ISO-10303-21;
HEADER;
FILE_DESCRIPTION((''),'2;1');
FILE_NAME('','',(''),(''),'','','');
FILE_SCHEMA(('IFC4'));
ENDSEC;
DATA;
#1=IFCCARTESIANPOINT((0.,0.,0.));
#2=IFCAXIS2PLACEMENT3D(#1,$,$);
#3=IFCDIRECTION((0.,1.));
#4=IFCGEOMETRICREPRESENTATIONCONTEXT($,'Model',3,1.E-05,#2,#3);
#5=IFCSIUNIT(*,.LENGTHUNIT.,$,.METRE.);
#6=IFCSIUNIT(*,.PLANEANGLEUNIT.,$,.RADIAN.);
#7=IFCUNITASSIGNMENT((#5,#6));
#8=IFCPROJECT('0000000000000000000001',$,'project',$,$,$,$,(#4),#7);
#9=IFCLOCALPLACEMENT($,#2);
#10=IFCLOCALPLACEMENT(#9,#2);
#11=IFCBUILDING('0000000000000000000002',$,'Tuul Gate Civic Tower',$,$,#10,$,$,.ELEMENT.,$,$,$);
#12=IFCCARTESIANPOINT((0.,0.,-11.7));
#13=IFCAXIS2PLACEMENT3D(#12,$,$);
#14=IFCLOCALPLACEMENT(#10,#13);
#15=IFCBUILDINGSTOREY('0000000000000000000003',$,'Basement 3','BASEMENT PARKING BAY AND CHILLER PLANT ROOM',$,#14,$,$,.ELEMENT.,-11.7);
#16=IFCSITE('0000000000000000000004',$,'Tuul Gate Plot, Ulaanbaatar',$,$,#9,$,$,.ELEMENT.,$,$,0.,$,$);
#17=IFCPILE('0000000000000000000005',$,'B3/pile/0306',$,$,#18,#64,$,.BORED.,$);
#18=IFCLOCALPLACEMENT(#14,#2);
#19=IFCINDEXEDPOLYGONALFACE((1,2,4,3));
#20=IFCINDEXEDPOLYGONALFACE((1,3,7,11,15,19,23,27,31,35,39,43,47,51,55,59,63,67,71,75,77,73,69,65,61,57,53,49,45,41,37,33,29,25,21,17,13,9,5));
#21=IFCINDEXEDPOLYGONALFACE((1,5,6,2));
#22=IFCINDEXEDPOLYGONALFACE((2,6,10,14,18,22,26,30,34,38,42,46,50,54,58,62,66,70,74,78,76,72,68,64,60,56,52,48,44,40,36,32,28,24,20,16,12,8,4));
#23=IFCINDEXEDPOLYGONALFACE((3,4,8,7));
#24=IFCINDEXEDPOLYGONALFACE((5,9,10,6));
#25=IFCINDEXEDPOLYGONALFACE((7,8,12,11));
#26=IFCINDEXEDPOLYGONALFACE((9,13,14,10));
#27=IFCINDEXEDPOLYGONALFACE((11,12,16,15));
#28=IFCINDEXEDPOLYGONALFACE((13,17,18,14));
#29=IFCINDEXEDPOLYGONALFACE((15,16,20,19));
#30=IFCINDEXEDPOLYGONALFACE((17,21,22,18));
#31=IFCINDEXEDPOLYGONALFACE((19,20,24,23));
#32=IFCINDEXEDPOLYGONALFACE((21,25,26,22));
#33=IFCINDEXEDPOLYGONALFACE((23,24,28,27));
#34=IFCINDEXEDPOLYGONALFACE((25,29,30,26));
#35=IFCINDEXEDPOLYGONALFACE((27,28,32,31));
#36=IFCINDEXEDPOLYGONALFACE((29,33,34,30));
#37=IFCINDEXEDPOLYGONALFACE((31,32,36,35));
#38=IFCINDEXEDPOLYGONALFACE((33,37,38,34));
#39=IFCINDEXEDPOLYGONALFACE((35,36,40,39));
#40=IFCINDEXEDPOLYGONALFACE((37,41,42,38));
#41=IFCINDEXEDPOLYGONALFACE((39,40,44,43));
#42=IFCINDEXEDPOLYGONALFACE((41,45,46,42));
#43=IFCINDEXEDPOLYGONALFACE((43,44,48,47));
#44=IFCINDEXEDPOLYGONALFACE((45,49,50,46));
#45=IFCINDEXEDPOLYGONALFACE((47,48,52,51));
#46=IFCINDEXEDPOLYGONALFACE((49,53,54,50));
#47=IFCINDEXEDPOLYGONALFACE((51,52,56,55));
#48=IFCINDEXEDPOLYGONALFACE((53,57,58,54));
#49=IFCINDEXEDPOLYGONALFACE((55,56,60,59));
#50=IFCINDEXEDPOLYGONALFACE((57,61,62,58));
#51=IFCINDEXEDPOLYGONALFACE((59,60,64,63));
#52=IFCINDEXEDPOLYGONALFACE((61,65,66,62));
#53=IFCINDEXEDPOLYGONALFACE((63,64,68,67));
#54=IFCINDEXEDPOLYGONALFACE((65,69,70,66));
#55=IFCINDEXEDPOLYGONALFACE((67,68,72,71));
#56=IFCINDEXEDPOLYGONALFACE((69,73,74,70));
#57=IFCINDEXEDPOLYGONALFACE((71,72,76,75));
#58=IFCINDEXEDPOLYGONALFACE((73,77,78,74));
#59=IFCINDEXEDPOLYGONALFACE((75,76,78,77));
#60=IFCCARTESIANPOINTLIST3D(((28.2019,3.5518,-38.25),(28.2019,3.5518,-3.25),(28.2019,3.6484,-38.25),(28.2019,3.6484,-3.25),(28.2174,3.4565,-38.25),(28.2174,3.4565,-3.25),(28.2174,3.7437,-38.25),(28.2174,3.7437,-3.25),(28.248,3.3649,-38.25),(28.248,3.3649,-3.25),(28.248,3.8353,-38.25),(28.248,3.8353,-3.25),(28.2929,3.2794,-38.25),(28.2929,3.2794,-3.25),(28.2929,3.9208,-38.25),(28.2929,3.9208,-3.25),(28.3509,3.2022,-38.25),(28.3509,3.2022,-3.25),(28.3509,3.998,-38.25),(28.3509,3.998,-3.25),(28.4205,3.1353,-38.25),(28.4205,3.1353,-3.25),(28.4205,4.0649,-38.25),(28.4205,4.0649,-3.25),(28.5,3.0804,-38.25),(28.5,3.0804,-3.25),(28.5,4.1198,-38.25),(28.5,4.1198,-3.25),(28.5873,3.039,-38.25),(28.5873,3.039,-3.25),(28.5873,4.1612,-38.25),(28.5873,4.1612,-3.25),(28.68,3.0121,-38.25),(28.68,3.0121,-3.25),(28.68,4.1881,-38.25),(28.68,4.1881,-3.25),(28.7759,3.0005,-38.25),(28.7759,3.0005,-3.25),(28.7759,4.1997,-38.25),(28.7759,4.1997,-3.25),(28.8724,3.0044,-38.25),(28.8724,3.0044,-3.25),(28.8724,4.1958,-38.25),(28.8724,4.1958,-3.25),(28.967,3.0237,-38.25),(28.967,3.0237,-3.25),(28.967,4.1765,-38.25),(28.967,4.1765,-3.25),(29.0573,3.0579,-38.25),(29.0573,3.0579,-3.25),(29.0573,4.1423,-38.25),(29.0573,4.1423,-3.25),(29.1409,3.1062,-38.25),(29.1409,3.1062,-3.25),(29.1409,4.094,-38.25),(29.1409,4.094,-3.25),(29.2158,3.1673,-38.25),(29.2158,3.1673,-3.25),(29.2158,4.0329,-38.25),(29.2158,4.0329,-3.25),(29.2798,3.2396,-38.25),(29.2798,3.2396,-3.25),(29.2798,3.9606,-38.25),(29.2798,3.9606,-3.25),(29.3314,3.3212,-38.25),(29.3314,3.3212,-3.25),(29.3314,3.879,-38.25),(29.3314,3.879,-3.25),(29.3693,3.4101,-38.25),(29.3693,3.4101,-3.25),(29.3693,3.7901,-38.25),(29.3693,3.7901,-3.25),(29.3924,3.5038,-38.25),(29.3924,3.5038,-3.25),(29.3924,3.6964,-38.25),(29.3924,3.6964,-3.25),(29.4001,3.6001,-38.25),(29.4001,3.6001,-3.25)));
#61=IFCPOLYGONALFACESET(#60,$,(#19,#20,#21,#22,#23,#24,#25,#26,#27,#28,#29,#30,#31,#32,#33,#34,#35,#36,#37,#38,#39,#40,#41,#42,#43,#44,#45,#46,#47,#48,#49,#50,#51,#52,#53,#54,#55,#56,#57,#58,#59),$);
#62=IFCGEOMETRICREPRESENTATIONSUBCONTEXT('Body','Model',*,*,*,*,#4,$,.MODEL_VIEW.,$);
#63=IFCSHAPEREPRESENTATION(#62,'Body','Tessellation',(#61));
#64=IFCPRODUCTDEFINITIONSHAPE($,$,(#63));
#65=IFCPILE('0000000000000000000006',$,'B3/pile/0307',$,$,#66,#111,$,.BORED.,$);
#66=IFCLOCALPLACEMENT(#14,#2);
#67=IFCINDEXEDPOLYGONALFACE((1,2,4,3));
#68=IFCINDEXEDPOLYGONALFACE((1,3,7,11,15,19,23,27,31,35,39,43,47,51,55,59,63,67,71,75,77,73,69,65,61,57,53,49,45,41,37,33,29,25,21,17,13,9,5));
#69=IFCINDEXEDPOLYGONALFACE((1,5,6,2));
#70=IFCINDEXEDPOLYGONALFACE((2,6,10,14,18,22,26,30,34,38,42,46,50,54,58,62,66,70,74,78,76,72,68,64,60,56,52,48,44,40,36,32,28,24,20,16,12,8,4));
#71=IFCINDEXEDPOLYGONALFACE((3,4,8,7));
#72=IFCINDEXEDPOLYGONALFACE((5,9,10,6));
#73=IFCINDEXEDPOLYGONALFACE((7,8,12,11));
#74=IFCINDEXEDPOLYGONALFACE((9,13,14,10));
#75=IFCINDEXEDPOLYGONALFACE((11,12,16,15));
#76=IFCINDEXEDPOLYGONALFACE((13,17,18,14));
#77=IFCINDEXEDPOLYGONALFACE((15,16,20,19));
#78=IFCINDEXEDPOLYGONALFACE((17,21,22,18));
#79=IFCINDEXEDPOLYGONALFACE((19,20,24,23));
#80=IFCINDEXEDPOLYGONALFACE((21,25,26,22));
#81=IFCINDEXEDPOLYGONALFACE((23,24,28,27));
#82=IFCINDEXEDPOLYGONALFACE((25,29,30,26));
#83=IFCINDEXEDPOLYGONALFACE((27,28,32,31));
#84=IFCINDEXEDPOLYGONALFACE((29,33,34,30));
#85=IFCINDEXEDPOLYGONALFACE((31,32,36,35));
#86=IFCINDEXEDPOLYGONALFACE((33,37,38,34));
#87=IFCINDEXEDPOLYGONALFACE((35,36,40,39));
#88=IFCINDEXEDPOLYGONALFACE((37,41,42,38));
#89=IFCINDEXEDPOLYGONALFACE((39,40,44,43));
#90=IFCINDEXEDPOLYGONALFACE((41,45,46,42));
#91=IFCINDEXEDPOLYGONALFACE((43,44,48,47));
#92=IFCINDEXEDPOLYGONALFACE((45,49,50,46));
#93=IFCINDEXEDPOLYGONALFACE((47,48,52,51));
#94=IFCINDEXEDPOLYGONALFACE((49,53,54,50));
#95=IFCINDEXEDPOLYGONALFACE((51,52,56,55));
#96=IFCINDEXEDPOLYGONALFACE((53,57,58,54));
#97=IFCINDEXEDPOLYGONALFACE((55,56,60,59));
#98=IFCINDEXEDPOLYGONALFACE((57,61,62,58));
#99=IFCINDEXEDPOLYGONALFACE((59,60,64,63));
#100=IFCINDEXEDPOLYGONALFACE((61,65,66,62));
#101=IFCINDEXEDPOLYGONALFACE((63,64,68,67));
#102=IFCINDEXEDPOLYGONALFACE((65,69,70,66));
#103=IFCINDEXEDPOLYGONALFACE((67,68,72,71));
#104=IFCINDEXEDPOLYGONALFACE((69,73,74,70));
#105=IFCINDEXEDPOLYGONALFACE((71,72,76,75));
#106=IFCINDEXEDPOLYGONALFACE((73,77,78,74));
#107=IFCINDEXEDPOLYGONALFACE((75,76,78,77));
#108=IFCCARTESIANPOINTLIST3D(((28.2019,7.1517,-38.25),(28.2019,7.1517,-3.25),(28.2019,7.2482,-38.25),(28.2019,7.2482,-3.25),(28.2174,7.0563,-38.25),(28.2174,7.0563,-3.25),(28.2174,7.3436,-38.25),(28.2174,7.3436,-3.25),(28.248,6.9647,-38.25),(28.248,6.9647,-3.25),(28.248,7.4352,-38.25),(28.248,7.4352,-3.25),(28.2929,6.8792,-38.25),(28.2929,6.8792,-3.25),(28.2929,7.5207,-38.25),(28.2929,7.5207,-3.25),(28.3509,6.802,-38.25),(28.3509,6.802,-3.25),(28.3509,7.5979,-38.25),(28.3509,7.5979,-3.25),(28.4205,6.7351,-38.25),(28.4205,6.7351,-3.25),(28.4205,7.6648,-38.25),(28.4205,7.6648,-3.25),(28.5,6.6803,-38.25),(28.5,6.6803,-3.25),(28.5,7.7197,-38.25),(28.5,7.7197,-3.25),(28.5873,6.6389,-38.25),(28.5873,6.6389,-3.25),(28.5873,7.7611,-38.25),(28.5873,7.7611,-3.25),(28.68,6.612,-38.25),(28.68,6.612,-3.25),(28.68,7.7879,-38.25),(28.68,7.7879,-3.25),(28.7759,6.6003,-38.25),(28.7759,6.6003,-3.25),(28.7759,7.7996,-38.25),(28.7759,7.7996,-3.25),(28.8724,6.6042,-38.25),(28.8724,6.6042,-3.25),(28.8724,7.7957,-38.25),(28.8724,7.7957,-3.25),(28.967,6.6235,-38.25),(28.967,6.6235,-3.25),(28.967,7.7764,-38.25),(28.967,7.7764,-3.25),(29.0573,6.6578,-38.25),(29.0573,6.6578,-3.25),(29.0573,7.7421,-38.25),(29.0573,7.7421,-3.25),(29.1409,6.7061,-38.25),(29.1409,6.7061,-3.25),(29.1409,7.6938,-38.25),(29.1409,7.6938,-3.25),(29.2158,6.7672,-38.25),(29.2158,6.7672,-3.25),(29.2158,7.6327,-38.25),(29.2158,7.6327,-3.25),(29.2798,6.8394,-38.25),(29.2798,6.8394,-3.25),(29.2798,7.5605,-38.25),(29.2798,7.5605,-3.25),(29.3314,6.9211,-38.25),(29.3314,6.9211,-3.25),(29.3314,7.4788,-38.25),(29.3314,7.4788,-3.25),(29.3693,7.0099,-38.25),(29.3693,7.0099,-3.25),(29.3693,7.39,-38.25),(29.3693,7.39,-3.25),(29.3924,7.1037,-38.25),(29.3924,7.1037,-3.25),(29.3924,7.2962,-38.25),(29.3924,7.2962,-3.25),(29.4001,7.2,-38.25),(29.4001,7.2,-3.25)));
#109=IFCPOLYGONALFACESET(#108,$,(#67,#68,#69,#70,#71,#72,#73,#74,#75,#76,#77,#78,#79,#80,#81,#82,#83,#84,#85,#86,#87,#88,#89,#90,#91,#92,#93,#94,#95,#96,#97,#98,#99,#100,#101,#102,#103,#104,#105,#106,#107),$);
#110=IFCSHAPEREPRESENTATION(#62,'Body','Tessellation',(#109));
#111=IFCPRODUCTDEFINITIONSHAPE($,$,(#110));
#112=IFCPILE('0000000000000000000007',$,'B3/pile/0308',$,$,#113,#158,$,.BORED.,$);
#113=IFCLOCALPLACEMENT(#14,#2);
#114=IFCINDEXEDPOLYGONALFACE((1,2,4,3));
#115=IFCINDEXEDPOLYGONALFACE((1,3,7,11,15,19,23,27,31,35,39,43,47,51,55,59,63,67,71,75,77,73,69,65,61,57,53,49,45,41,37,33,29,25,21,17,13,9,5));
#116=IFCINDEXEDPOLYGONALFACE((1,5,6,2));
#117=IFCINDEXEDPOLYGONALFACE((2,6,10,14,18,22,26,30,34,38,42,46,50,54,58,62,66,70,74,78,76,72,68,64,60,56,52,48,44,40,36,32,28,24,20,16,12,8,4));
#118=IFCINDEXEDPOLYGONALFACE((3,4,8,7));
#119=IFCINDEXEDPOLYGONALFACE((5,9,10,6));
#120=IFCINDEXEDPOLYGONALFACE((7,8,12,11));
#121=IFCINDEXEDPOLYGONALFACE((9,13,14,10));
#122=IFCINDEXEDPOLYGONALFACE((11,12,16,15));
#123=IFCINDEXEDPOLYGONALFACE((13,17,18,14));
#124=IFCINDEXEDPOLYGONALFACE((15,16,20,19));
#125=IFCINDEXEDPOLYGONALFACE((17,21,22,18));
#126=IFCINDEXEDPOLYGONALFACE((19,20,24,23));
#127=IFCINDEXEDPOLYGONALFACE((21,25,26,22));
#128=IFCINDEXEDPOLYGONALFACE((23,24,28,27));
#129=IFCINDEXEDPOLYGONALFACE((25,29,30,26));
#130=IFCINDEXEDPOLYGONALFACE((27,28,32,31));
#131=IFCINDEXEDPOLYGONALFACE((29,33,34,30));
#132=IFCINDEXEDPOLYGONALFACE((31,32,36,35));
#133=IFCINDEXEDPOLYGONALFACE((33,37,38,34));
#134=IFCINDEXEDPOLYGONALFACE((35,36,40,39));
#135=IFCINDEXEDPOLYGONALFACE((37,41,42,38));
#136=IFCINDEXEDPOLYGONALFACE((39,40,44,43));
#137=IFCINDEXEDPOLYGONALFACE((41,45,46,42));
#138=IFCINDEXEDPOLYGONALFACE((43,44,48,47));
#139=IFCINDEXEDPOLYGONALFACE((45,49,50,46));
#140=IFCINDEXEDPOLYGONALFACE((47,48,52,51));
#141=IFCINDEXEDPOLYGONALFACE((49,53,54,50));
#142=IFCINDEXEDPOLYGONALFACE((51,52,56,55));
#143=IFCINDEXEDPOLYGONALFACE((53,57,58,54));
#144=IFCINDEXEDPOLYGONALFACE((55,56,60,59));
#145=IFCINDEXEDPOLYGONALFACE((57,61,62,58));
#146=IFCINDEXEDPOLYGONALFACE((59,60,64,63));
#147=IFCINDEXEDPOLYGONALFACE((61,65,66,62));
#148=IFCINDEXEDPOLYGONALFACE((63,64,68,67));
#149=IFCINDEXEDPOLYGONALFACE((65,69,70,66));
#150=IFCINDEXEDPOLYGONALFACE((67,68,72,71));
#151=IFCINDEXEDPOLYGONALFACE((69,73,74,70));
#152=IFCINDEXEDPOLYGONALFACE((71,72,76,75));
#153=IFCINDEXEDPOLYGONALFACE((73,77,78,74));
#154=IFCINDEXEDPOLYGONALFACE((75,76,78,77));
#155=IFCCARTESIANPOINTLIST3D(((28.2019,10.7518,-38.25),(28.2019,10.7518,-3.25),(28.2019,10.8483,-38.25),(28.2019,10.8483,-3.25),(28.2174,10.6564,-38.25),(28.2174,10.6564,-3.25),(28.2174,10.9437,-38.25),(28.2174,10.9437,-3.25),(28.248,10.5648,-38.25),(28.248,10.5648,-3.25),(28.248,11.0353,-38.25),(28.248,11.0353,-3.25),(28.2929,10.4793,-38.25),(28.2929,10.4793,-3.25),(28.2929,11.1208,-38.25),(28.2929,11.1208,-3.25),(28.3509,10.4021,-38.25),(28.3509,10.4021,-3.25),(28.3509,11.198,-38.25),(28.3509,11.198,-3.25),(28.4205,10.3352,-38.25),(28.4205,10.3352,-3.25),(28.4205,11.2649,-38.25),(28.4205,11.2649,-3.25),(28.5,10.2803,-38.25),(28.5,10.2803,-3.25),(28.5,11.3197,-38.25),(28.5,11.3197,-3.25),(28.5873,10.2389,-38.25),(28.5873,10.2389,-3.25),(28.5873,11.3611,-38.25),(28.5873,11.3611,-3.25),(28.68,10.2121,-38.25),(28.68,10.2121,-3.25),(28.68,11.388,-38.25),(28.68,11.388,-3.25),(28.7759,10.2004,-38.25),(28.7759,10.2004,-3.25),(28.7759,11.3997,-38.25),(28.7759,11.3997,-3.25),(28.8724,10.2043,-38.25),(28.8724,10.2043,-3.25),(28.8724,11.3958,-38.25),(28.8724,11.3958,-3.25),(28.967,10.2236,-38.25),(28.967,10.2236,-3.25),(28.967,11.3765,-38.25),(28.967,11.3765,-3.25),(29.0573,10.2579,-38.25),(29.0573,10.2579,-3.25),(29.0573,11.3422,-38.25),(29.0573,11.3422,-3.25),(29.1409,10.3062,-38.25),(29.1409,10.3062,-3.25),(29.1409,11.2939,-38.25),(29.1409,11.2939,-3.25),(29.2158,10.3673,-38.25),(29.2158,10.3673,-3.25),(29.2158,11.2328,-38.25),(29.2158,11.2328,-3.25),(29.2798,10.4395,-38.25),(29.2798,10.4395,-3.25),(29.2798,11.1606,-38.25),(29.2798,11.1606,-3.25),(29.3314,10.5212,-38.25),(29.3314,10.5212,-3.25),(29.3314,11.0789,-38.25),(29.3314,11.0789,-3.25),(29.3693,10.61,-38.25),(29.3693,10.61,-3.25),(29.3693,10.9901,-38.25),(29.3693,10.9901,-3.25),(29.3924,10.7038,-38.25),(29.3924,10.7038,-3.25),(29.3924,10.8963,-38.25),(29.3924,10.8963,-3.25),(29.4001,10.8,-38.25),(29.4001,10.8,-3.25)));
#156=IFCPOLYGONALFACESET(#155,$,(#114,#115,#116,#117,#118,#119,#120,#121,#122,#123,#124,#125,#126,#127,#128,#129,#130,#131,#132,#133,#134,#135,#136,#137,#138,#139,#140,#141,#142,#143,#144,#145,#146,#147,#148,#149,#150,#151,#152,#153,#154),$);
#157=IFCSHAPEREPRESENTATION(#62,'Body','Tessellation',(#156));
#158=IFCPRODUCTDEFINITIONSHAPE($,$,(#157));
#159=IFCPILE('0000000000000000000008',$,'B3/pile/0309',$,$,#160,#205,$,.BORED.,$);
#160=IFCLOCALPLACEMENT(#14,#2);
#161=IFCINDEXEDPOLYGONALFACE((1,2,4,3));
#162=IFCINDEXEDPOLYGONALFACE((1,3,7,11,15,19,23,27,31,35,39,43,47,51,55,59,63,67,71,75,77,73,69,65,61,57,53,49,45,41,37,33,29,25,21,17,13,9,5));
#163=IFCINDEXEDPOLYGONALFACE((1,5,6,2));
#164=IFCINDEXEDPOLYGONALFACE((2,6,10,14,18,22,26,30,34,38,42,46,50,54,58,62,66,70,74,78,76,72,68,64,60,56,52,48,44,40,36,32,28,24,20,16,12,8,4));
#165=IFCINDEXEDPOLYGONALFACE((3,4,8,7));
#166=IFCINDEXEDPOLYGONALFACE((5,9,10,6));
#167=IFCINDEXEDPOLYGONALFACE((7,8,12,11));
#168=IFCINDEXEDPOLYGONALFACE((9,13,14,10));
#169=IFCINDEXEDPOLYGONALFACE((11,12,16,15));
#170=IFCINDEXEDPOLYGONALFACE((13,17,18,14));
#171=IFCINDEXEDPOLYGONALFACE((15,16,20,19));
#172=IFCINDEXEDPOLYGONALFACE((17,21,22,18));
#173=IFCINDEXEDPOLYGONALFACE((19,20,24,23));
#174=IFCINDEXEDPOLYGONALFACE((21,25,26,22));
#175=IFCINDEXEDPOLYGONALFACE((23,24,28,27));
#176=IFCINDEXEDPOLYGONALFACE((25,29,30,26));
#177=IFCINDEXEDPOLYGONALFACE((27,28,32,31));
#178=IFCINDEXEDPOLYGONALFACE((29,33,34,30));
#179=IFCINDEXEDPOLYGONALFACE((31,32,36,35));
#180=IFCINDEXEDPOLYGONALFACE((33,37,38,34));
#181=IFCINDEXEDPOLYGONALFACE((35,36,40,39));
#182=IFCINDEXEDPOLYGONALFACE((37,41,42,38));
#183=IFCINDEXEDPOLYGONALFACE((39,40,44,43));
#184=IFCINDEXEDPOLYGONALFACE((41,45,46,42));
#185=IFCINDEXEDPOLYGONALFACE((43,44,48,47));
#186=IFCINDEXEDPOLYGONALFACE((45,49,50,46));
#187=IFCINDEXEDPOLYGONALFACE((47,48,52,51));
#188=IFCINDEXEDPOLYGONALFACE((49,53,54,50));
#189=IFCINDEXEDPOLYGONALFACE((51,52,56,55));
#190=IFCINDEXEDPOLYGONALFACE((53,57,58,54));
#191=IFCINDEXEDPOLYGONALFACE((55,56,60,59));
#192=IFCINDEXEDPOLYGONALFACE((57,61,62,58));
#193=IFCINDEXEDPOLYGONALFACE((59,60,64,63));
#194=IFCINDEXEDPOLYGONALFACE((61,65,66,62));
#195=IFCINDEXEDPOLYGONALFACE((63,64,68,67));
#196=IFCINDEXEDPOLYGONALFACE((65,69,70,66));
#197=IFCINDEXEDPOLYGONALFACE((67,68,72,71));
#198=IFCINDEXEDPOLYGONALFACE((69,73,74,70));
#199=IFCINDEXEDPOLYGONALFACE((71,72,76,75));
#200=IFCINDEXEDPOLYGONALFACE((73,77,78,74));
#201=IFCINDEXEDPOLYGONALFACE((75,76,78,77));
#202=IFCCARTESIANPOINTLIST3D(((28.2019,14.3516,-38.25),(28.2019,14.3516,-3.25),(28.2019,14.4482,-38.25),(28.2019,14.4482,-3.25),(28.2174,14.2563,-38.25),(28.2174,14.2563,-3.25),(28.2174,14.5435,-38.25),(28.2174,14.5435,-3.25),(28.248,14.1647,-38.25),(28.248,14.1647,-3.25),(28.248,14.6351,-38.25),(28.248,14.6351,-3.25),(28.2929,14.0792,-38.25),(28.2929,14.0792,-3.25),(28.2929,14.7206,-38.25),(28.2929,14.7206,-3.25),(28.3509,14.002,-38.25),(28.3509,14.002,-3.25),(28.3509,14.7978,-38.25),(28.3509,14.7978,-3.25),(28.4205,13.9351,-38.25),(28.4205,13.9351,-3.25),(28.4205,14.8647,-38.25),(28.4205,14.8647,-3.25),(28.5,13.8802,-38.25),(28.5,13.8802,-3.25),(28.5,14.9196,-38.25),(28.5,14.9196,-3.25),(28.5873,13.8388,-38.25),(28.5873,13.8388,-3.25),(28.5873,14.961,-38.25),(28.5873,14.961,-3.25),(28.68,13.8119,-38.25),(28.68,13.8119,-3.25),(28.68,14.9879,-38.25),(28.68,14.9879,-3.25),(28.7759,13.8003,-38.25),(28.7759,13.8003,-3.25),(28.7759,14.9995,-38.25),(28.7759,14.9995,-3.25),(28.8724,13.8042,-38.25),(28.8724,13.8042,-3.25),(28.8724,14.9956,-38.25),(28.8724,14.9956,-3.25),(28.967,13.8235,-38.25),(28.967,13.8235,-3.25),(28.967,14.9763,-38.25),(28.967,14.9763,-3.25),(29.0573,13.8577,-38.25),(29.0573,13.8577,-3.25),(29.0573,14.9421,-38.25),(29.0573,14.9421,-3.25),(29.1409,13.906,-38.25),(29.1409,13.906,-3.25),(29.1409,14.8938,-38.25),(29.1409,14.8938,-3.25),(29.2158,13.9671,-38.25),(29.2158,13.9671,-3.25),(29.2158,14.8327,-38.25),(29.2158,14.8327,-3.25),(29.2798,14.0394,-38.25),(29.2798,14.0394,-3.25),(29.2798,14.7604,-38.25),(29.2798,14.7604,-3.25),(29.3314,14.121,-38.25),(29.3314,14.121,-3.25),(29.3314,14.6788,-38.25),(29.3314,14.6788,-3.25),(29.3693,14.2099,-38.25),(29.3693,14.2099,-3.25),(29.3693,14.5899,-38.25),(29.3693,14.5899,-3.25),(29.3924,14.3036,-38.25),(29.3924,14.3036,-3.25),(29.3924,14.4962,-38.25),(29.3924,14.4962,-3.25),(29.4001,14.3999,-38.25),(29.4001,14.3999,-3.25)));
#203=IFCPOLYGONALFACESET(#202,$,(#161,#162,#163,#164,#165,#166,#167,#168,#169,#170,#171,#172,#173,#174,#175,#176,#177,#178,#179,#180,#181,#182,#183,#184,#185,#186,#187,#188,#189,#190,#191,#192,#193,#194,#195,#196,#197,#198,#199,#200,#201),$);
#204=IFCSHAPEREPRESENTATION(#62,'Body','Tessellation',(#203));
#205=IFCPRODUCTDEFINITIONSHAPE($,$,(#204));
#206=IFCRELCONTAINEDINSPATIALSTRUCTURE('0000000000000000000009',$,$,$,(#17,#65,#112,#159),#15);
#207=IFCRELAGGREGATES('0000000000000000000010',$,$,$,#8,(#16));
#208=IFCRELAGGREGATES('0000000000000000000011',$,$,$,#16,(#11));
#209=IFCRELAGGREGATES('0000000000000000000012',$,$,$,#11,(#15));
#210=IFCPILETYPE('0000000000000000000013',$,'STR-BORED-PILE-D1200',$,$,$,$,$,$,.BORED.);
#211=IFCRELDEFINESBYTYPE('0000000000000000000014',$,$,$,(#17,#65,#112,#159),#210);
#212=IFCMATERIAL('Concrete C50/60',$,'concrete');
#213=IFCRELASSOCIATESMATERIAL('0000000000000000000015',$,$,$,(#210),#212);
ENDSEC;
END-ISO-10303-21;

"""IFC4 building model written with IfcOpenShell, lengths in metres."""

from ifc_helpers import new_model, si_unit, direction, frame, origin, origin_2d, place, context, subcontext, project, spatial, circle, extrude, material, material_profile, profile_set, type_object, element, save


model = new_model("IFC4")

# Units and contexts
model_context = context("Model", 3, precision=1e-05, world=origin(), true_north=direction((0.0, 1.0)))
body_context = subcontext(model_context, "Body", "Model", "MODEL_VIEW")
ifc_project = project(units=[si_unit("LENGTHUNIT", "METRE"), si_unit("PLANEANGLEUNIT", "RADIAN")], contexts=[model_context])

# Site, building, storey
site_placement = place(None, origin())
site = spatial("IfcSite", under=ifc_project, at=site_placement, Name="Tuul Gate Plot, Ulaanbaatar", CompositionType="ELEMENT", RefElevation=0.0)
building_placement = place(site_placement, origin())
building = spatial("IfcBuilding", under=site, at=building_placement, Name="Tuul Gate Civic Tower", CompositionType="ELEMENT")
storey_placement = place(building_placement, frame((0.0, 0.0, -11.7)))
storey = spatial("IfcBuildingStorey", under=building, at=storey_placement, Name="Basement 3", Description="BASEMENT PARKING BAY AND CHILLER PLANT ROOM", CompositionType="ELEMENT", Elevation=-11.7)

# Piles
ifc_material_1 = material(Name="Concrete C50/60", Category="concrete")
ifc_material_profile_1 = material_profile(ifc_material_1, circle(Radius=0.6001, at=origin_2d()), Name="PILE1200")
ifc_profile_set_1 = profile_set([ifc_material_profile_1], Name="Concrete C50/60")
pile_type = type_object("IfcPileType", Name="STR-BORED-PILE-D1200", PredefinedType="BORED", material=ifc_profile_set_1)
for number, where, z_axis, x_axis, name in (
    (1, (28.8, 3.6001, -3.25), (0.0, 0.0, -1.0), (1.0, 0.0, 0.0), "B3/pile/0306"),
    (2, (28.8, 7.2, -3.25), (0.0, 0.0, -1.0), (1.0, 0.0, 0.0), "B3/pile/0307"),
    (3, (28.8, 10.8, -3.25), (0.0, 0.0, -1.0), (1.0, 0.0, 0.0), "B3/pile/0308"),
    (4, (28.8, 14.3999, -3.25), (0.0, 0.0, -1.0), (1.0, 0.0, 0.0), "B3/pile/0309"),
):
    element("IfcPile", number, at=place(storey_placement, frame(where, z_axis=z_axis, x_axis=x_axis)), inside=storey, type_object=pile_type, Name=name, PredefinedType="BORED", context=body_context, shape_type="SweptSolid", body=[
        extrude(circle(Radius=0.6001, at=origin_2d()), origin(), (0.0, 0.0, 1.0), 35.0),
    ])

save(model, "model.ifc")
